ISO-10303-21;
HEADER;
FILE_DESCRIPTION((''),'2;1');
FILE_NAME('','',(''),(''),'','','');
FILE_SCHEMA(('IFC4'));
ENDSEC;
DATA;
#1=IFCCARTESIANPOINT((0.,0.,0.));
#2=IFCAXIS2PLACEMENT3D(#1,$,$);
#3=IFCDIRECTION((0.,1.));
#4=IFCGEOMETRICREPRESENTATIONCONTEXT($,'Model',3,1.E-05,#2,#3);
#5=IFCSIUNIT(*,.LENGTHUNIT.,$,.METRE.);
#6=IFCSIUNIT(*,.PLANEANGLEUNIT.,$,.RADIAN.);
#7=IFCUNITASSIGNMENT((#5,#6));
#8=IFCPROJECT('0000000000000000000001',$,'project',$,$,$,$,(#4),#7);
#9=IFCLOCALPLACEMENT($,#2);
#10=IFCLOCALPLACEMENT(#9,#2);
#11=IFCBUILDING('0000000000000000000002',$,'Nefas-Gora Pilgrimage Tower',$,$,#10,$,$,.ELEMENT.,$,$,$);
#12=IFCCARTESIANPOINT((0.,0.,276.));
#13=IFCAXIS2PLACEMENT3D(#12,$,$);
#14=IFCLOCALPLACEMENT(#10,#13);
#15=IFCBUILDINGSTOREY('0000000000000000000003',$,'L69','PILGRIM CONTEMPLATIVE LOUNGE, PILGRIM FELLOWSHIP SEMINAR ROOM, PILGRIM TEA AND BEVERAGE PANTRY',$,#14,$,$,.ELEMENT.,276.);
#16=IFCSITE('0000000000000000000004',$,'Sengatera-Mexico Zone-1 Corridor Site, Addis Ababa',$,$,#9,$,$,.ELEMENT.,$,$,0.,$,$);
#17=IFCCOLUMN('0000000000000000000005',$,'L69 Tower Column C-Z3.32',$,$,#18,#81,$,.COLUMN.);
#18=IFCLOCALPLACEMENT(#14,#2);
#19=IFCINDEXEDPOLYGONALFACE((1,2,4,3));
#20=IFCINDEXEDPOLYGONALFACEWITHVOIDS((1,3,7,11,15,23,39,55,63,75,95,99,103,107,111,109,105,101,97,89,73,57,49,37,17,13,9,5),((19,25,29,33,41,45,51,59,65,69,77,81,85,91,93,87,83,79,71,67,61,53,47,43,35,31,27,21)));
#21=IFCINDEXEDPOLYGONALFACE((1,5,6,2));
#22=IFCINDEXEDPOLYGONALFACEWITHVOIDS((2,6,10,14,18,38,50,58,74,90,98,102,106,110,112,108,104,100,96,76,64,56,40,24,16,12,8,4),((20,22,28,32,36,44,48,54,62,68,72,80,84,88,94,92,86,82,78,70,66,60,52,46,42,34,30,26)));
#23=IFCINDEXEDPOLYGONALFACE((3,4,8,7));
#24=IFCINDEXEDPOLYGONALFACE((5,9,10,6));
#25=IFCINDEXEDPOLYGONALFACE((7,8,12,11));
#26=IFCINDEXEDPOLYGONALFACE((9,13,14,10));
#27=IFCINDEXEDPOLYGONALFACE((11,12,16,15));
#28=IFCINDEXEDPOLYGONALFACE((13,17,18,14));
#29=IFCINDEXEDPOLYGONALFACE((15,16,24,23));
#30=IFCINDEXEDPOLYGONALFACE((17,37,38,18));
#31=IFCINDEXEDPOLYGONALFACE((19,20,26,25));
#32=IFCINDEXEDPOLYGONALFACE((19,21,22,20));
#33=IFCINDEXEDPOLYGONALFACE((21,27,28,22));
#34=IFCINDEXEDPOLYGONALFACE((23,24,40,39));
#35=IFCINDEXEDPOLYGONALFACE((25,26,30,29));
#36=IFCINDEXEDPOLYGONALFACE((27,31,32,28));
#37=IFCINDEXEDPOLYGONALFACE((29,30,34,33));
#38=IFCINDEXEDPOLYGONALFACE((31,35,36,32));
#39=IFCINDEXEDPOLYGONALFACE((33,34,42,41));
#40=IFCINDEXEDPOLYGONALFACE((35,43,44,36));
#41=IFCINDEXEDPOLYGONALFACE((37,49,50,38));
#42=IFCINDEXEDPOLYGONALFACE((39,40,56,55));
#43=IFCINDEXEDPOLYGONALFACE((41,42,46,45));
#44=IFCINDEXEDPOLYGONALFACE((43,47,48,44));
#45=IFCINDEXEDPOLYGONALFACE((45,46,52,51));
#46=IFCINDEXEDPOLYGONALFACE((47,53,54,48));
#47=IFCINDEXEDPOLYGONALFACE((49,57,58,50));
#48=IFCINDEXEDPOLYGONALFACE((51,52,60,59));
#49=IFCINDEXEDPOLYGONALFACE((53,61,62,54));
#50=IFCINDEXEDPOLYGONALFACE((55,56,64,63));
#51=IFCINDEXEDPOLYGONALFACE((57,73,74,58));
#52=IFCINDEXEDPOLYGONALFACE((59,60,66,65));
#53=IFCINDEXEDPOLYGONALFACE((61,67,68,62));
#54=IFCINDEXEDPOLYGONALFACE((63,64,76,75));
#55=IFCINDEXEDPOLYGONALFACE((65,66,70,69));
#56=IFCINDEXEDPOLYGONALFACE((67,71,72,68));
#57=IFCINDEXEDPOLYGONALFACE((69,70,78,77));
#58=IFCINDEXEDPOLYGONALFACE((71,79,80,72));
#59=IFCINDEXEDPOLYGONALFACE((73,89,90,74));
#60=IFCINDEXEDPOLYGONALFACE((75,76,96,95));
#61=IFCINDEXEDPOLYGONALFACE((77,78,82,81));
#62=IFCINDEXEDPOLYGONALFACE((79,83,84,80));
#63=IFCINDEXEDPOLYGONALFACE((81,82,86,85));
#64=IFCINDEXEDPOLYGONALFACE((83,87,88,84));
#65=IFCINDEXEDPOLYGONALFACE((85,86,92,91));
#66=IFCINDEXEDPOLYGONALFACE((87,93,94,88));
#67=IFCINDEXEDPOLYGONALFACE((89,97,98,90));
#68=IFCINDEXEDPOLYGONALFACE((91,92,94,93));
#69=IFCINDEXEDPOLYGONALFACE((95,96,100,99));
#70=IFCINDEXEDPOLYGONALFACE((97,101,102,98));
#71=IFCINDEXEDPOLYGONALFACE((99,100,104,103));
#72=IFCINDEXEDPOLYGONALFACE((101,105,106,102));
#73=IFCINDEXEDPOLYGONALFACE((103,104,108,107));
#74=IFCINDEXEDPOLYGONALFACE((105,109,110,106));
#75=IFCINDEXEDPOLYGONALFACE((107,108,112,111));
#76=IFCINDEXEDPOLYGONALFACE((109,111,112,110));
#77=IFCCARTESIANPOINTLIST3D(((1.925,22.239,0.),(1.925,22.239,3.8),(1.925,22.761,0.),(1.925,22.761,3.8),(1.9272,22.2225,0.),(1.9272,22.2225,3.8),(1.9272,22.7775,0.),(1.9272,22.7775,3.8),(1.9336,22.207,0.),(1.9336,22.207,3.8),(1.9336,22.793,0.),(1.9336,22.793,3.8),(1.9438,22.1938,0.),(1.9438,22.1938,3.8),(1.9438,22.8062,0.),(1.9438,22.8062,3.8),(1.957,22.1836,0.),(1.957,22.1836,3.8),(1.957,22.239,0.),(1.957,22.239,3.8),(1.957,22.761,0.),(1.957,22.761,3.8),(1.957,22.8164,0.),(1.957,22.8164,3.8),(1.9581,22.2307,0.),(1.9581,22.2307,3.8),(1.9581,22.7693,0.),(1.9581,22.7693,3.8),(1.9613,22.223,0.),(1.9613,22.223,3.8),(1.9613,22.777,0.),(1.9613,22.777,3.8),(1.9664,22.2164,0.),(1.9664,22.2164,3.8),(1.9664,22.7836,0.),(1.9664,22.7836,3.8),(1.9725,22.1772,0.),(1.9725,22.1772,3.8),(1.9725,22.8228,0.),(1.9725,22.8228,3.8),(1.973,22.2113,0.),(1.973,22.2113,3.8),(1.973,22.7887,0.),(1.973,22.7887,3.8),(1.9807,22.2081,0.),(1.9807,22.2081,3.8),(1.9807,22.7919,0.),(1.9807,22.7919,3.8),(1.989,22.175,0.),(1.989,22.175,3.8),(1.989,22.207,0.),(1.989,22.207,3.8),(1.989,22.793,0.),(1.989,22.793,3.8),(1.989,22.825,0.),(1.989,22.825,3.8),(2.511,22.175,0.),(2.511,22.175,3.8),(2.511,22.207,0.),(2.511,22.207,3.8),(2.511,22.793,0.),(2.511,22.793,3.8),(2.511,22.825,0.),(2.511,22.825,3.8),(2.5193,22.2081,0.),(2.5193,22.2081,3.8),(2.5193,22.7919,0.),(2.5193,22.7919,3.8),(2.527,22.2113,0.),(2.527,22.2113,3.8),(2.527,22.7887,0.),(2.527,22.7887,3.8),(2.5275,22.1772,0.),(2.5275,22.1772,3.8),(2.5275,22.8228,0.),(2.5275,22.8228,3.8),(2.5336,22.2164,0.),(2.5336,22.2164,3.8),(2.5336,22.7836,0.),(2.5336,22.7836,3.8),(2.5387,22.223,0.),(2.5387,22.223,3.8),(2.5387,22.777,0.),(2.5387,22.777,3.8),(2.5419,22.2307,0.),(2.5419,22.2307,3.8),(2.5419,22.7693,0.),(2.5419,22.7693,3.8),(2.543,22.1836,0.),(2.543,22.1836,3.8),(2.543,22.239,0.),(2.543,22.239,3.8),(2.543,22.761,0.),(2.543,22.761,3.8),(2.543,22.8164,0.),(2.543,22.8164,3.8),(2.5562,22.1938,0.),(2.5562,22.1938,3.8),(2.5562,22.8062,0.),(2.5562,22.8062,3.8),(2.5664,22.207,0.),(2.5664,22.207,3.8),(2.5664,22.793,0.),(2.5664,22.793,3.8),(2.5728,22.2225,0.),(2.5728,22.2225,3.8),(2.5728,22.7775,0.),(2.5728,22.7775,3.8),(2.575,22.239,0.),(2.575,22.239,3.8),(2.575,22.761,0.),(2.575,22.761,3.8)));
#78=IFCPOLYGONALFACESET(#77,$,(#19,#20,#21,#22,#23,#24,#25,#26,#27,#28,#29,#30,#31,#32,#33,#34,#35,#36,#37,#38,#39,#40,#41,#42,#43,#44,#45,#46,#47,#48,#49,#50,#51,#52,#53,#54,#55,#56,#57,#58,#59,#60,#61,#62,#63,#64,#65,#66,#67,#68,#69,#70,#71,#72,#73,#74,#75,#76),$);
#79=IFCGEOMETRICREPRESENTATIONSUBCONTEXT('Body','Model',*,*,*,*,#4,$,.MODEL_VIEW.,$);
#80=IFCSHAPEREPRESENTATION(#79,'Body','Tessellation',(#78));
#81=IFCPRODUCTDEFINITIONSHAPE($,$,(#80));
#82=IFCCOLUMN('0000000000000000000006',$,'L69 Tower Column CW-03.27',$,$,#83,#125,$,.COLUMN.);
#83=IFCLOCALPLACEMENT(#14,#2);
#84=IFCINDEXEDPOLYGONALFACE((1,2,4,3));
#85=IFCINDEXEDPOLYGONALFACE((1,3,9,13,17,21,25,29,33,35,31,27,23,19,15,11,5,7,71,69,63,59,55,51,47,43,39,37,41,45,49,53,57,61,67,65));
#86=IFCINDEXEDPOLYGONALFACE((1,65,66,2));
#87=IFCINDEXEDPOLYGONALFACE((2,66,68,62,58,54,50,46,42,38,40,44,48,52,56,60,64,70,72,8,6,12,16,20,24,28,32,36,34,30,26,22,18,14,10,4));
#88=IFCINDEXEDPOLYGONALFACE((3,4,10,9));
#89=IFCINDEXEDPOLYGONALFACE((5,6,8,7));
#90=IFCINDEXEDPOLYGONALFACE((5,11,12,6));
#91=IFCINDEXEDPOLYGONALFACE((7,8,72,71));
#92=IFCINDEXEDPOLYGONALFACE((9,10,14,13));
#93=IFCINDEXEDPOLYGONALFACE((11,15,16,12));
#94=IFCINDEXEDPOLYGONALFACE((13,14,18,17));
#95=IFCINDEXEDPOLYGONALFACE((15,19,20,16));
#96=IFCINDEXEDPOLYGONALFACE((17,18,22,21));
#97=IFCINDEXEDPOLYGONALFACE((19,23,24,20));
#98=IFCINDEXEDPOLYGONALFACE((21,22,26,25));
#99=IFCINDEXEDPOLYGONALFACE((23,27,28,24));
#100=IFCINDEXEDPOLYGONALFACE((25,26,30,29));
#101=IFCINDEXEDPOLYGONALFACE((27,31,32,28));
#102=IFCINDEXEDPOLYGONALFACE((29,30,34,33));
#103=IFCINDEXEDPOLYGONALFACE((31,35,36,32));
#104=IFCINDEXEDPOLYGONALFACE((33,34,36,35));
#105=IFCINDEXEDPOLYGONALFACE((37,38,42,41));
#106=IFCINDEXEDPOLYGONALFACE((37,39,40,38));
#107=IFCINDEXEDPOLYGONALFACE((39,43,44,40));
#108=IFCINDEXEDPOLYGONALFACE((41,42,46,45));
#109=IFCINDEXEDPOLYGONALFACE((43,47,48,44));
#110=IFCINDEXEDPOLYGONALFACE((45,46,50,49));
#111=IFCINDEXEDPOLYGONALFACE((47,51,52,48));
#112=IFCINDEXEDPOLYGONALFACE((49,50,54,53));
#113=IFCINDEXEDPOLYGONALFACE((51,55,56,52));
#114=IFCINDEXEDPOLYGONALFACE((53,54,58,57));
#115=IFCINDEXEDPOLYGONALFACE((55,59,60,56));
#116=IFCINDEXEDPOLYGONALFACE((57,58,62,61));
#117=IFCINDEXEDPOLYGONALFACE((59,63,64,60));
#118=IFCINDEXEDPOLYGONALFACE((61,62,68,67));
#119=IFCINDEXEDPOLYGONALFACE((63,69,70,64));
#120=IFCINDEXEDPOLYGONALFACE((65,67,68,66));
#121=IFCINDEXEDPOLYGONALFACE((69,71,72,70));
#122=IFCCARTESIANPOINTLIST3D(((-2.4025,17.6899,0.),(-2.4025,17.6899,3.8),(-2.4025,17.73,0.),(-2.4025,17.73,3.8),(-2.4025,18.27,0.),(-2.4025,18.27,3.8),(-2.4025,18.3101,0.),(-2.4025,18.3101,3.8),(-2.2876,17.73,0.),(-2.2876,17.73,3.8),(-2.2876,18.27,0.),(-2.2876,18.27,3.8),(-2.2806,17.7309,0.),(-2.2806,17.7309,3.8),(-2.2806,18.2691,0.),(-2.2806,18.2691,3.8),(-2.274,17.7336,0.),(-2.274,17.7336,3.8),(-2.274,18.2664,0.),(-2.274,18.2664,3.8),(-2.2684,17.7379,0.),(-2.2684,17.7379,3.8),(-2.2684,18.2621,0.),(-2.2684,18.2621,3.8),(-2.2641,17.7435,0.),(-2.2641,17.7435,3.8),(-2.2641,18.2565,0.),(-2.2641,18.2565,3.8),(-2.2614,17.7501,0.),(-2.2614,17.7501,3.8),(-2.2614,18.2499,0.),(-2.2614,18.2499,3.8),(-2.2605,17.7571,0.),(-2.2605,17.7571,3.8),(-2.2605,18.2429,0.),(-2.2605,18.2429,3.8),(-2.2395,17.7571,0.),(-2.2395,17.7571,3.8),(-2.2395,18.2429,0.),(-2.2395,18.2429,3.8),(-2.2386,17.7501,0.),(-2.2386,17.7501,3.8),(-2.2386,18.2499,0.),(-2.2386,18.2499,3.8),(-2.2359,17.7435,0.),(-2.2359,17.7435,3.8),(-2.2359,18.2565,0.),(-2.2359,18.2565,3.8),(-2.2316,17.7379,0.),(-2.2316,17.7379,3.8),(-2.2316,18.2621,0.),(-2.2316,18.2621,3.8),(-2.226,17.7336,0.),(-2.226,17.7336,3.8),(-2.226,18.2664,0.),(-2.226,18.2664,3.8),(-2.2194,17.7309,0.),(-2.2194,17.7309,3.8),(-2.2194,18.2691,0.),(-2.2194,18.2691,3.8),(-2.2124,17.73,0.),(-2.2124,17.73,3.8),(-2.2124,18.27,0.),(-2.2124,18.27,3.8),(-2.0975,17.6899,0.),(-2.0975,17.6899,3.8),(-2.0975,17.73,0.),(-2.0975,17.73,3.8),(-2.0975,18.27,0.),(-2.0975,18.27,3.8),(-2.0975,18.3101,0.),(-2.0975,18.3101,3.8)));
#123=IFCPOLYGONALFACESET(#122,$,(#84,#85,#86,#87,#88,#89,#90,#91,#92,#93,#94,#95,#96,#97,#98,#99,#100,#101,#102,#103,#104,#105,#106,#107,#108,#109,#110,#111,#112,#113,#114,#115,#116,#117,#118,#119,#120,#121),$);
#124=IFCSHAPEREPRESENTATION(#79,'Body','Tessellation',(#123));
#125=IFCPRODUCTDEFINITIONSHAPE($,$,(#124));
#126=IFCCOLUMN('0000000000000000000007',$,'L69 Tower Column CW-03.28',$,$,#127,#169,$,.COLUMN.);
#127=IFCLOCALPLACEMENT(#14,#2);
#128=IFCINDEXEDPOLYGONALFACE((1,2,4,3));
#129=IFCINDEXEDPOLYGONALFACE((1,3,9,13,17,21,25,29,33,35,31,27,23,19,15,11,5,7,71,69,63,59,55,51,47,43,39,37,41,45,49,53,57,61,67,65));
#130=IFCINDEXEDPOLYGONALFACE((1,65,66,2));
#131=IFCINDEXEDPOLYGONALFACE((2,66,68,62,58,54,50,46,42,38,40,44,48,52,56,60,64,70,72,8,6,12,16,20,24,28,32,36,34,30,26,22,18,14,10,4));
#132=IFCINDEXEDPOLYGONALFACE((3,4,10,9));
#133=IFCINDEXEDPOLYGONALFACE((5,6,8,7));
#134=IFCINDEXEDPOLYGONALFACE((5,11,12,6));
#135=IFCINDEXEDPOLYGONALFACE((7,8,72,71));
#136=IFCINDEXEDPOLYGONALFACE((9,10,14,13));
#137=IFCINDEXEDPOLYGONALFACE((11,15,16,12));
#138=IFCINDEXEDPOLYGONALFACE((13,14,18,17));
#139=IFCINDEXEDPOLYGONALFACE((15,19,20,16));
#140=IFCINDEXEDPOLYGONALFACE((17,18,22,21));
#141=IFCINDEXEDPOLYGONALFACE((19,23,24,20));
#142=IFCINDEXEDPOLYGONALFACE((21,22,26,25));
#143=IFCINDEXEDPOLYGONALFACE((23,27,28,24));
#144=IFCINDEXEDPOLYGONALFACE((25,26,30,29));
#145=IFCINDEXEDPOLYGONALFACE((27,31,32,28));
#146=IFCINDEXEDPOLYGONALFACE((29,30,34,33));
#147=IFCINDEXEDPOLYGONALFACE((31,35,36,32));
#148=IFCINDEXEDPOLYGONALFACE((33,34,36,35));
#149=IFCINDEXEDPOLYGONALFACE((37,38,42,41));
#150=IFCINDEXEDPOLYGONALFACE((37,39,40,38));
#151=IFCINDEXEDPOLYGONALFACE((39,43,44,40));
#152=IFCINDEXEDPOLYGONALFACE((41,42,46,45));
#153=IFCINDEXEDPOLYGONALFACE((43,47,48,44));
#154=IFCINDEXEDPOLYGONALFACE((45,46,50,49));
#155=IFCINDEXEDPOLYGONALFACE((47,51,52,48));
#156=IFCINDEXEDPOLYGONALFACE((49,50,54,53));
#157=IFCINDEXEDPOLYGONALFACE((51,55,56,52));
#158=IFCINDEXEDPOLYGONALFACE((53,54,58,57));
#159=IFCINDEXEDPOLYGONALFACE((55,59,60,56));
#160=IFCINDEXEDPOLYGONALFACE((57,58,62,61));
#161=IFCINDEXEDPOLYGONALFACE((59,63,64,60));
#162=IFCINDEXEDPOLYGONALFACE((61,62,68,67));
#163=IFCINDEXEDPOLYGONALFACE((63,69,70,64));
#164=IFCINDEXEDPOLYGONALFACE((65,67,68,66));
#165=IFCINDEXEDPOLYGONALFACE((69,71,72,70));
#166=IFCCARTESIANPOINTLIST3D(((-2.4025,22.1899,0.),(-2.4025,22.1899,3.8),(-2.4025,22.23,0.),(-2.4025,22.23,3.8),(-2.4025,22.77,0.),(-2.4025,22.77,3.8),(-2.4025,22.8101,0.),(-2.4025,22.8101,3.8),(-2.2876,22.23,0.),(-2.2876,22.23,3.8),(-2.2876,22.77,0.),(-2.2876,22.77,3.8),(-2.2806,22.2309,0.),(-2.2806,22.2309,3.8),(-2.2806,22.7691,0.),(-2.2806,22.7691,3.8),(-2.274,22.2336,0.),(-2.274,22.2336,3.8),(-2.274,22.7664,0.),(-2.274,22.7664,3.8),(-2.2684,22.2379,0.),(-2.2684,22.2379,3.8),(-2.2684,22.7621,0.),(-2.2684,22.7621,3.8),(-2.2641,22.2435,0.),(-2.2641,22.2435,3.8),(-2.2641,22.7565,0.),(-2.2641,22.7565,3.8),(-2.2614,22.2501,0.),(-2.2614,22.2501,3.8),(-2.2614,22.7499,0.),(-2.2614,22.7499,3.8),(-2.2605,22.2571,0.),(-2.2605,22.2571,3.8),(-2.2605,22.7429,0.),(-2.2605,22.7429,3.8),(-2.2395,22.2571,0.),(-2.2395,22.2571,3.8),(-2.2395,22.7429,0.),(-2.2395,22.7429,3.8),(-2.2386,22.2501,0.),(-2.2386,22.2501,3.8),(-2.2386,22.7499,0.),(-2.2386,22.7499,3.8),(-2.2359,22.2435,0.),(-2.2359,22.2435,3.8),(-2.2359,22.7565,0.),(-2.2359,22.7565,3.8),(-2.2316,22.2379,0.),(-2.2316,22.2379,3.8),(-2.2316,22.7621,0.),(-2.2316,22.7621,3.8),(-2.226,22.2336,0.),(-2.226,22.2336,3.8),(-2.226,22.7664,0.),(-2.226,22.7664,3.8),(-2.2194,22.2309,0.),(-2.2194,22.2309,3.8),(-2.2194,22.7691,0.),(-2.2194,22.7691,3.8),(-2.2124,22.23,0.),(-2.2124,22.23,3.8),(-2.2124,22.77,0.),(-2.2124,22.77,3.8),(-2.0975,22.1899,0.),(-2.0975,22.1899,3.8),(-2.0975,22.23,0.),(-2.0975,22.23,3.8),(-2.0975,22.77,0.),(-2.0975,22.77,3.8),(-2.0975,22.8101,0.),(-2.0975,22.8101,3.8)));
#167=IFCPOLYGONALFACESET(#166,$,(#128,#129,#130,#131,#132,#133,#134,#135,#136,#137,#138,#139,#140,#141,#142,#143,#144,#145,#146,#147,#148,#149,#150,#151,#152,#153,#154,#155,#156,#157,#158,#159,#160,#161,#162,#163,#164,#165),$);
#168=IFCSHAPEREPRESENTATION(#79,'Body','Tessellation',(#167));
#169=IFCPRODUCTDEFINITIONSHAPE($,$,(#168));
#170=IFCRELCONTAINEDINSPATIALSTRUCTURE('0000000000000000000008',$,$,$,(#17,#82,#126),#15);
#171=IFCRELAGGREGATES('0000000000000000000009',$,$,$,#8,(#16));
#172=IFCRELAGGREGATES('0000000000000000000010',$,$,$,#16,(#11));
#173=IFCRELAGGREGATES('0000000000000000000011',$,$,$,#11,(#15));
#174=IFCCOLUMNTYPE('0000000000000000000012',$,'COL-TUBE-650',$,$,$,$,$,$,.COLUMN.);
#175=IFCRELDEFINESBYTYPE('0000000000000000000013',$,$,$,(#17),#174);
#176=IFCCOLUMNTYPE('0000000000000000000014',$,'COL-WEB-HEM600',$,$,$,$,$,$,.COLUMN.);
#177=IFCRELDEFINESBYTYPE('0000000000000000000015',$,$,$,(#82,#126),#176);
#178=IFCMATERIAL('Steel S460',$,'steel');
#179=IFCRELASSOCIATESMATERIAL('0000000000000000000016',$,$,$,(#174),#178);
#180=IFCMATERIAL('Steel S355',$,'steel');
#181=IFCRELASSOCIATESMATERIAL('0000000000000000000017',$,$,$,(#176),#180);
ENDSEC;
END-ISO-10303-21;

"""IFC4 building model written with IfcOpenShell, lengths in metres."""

from ifc_helpers import new_model, si_unit, direction, frame, origin, origin_2d, place, context, subcontext, project, spatial, hollow_rectangle, i_section, extrude, source, transform, mapped, material, material_profile, profile_set, type_object, element, save


model = new_model("IFC4")

# Units and contexts
model_context = context("Model", 3, precision=1e-05, world=origin(), true_north=direction((0.0, 1.0)))
body_context = subcontext(model_context, "Body", "Model", "MODEL_VIEW")
ifc_project = project(units=[si_unit("LENGTHUNIT", "METRE"), si_unit("PLANEANGLEUNIT", "RADIAN")], contexts=[model_context])

# Site, building, storey
site_placement = place(None, origin())
site = spatial("IfcSite", under=ifc_project, at=site_placement, Name="Sengatera-Mexico Zone-1 Corridor Site, Addis Ababa", CompositionType="ELEMENT", RefElevation=0.0)
building_placement = place(site_placement, origin())
building = spatial("IfcBuilding", under=site, at=building_placement, Name="Nefas-Gora Pilgrimage Tower", CompositionType="ELEMENT")
storey_placement = place(building_placement, frame((0.0, 0.0, 276.0)))
storey = spatial("IfcBuildingStorey", under=building, at=storey_placement, Name="L69", Description="PILGRIM CONTEMPLATIVE LOUNGE, PILGRIM FELLOWSHIP SEMINAR ROOM, PILGRIM TEA AND BEVERAGE PANTRY", CompositionType="ELEMENT", Elevation=276.0)

# Columns
ifc_material_1 = material(Name="Steel S460", Category="steel")
ifc_material_profile_1 = material_profile(ifc_material_1, hollow_rectangle(XDim=0.6499, YDim=0.6499, WallThickness=0.032, InnerFilletRadius=0.032, OuterFilletRadius=0.064, at=origin_2d()), Name="BOX 650x650x32")
ifc_profile_set_1 = profile_set([ifc_material_profile_1], Name="Steel S460")
column_type_1 = type_object("IfcColumnType", Name="COL-TUBE-650", PredefinedType="COLUMN", material=ifc_profile_set_1)
shared_shape_1 = source(origin(), body_context, "Body", "SweptSolid", [
    extrude(hollow_rectangle(XDim=0.6499, YDim=0.6499, WallThickness=0.032, InnerFilletRadius=0.032, OuterFilletRadius=0.064, at=origin_2d()), origin(), (0.0, 0.0, 1.0), 3.8),
])
column_placement = place(storey_placement, frame((2.25, 22.5, 0.0), z_axis=(0.0, 0.0, 1.0), x_axis=(1.0, 0.0, 0.0)))
element("IfcColumn", 1, at=column_placement, inside=storey, type_object=column_type_1, Name="L69 Tower Column C-Z3.32", PredefinedType="COLUMN", context=body_context, shape_type="MappedRepresentation", body=[
    mapped(shared_shape_1, transform((0.0, 0.0, 0.0), x_axis=(1.0, 0.0, 0.0), y_axis=(0.0, 1.0, 0.0), z_axis=(0.0, 0.0, 1.0), scale=1.0)),
])
ifc_material_2 = material(Name="Steel S355", Category="steel")
ifc_material_profile_2 = material_profile(ifc_material_2, i_section(OverallWidth=0.3049, OverallDepth=0.6201, WebThickness=0.021, FlangeThickness=0.04, FilletRadius=0.0271, at=origin_2d()), Name="HEM 600")
ifc_profile_set_2 = profile_set([ifc_material_profile_2], Name="Steel S355")
column_type_2 = type_object("IfcColumnType", Name="COL-WEB-HEM600", PredefinedType="COLUMN", material=ifc_profile_set_2)
shared_shape_2 = source(origin(), body_context, "Body", "SweptSolid", [
    extrude(i_section(OverallWidth=0.3049, OverallDepth=0.6201, WebThickness=0.021, FlangeThickness=0.04, FilletRadius=0.0271, at=origin_2d()), origin(), (0.0, 0.0, 1.0), 3.8),
])
for number, where, z_axis, x_axis, name in (
    (2, (-2.25, 18.0, 0.0), (0.0, 0.0, 1.0), (1.0, 0.0, 0.0), "L69 Tower Column CW-03.27"),
    (3, (-2.25, 22.5, 0.0), (0.0, 0.0, 1.0), (1.0, 0.0, 0.0), "L69 Tower Column CW-03.28"),
):
    element("IfcColumn", number, at=place(storey_placement, frame(where, z_axis=z_axis, x_axis=x_axis)), inside=storey, type_object=column_type_2, Name=name, PredefinedType="COLUMN", context=body_context, shape_type="MappedRepresentation", body=[
        mapped(shared_shape_2, transform((0.0, 0.0, 0.0), x_axis=(1.0, 0.0, 0.0), y_axis=(0.0, 1.0, 0.0), z_axis=(0.0, 0.0, 1.0), scale=1.0)),
    ])

save(model, "model.ifc")
